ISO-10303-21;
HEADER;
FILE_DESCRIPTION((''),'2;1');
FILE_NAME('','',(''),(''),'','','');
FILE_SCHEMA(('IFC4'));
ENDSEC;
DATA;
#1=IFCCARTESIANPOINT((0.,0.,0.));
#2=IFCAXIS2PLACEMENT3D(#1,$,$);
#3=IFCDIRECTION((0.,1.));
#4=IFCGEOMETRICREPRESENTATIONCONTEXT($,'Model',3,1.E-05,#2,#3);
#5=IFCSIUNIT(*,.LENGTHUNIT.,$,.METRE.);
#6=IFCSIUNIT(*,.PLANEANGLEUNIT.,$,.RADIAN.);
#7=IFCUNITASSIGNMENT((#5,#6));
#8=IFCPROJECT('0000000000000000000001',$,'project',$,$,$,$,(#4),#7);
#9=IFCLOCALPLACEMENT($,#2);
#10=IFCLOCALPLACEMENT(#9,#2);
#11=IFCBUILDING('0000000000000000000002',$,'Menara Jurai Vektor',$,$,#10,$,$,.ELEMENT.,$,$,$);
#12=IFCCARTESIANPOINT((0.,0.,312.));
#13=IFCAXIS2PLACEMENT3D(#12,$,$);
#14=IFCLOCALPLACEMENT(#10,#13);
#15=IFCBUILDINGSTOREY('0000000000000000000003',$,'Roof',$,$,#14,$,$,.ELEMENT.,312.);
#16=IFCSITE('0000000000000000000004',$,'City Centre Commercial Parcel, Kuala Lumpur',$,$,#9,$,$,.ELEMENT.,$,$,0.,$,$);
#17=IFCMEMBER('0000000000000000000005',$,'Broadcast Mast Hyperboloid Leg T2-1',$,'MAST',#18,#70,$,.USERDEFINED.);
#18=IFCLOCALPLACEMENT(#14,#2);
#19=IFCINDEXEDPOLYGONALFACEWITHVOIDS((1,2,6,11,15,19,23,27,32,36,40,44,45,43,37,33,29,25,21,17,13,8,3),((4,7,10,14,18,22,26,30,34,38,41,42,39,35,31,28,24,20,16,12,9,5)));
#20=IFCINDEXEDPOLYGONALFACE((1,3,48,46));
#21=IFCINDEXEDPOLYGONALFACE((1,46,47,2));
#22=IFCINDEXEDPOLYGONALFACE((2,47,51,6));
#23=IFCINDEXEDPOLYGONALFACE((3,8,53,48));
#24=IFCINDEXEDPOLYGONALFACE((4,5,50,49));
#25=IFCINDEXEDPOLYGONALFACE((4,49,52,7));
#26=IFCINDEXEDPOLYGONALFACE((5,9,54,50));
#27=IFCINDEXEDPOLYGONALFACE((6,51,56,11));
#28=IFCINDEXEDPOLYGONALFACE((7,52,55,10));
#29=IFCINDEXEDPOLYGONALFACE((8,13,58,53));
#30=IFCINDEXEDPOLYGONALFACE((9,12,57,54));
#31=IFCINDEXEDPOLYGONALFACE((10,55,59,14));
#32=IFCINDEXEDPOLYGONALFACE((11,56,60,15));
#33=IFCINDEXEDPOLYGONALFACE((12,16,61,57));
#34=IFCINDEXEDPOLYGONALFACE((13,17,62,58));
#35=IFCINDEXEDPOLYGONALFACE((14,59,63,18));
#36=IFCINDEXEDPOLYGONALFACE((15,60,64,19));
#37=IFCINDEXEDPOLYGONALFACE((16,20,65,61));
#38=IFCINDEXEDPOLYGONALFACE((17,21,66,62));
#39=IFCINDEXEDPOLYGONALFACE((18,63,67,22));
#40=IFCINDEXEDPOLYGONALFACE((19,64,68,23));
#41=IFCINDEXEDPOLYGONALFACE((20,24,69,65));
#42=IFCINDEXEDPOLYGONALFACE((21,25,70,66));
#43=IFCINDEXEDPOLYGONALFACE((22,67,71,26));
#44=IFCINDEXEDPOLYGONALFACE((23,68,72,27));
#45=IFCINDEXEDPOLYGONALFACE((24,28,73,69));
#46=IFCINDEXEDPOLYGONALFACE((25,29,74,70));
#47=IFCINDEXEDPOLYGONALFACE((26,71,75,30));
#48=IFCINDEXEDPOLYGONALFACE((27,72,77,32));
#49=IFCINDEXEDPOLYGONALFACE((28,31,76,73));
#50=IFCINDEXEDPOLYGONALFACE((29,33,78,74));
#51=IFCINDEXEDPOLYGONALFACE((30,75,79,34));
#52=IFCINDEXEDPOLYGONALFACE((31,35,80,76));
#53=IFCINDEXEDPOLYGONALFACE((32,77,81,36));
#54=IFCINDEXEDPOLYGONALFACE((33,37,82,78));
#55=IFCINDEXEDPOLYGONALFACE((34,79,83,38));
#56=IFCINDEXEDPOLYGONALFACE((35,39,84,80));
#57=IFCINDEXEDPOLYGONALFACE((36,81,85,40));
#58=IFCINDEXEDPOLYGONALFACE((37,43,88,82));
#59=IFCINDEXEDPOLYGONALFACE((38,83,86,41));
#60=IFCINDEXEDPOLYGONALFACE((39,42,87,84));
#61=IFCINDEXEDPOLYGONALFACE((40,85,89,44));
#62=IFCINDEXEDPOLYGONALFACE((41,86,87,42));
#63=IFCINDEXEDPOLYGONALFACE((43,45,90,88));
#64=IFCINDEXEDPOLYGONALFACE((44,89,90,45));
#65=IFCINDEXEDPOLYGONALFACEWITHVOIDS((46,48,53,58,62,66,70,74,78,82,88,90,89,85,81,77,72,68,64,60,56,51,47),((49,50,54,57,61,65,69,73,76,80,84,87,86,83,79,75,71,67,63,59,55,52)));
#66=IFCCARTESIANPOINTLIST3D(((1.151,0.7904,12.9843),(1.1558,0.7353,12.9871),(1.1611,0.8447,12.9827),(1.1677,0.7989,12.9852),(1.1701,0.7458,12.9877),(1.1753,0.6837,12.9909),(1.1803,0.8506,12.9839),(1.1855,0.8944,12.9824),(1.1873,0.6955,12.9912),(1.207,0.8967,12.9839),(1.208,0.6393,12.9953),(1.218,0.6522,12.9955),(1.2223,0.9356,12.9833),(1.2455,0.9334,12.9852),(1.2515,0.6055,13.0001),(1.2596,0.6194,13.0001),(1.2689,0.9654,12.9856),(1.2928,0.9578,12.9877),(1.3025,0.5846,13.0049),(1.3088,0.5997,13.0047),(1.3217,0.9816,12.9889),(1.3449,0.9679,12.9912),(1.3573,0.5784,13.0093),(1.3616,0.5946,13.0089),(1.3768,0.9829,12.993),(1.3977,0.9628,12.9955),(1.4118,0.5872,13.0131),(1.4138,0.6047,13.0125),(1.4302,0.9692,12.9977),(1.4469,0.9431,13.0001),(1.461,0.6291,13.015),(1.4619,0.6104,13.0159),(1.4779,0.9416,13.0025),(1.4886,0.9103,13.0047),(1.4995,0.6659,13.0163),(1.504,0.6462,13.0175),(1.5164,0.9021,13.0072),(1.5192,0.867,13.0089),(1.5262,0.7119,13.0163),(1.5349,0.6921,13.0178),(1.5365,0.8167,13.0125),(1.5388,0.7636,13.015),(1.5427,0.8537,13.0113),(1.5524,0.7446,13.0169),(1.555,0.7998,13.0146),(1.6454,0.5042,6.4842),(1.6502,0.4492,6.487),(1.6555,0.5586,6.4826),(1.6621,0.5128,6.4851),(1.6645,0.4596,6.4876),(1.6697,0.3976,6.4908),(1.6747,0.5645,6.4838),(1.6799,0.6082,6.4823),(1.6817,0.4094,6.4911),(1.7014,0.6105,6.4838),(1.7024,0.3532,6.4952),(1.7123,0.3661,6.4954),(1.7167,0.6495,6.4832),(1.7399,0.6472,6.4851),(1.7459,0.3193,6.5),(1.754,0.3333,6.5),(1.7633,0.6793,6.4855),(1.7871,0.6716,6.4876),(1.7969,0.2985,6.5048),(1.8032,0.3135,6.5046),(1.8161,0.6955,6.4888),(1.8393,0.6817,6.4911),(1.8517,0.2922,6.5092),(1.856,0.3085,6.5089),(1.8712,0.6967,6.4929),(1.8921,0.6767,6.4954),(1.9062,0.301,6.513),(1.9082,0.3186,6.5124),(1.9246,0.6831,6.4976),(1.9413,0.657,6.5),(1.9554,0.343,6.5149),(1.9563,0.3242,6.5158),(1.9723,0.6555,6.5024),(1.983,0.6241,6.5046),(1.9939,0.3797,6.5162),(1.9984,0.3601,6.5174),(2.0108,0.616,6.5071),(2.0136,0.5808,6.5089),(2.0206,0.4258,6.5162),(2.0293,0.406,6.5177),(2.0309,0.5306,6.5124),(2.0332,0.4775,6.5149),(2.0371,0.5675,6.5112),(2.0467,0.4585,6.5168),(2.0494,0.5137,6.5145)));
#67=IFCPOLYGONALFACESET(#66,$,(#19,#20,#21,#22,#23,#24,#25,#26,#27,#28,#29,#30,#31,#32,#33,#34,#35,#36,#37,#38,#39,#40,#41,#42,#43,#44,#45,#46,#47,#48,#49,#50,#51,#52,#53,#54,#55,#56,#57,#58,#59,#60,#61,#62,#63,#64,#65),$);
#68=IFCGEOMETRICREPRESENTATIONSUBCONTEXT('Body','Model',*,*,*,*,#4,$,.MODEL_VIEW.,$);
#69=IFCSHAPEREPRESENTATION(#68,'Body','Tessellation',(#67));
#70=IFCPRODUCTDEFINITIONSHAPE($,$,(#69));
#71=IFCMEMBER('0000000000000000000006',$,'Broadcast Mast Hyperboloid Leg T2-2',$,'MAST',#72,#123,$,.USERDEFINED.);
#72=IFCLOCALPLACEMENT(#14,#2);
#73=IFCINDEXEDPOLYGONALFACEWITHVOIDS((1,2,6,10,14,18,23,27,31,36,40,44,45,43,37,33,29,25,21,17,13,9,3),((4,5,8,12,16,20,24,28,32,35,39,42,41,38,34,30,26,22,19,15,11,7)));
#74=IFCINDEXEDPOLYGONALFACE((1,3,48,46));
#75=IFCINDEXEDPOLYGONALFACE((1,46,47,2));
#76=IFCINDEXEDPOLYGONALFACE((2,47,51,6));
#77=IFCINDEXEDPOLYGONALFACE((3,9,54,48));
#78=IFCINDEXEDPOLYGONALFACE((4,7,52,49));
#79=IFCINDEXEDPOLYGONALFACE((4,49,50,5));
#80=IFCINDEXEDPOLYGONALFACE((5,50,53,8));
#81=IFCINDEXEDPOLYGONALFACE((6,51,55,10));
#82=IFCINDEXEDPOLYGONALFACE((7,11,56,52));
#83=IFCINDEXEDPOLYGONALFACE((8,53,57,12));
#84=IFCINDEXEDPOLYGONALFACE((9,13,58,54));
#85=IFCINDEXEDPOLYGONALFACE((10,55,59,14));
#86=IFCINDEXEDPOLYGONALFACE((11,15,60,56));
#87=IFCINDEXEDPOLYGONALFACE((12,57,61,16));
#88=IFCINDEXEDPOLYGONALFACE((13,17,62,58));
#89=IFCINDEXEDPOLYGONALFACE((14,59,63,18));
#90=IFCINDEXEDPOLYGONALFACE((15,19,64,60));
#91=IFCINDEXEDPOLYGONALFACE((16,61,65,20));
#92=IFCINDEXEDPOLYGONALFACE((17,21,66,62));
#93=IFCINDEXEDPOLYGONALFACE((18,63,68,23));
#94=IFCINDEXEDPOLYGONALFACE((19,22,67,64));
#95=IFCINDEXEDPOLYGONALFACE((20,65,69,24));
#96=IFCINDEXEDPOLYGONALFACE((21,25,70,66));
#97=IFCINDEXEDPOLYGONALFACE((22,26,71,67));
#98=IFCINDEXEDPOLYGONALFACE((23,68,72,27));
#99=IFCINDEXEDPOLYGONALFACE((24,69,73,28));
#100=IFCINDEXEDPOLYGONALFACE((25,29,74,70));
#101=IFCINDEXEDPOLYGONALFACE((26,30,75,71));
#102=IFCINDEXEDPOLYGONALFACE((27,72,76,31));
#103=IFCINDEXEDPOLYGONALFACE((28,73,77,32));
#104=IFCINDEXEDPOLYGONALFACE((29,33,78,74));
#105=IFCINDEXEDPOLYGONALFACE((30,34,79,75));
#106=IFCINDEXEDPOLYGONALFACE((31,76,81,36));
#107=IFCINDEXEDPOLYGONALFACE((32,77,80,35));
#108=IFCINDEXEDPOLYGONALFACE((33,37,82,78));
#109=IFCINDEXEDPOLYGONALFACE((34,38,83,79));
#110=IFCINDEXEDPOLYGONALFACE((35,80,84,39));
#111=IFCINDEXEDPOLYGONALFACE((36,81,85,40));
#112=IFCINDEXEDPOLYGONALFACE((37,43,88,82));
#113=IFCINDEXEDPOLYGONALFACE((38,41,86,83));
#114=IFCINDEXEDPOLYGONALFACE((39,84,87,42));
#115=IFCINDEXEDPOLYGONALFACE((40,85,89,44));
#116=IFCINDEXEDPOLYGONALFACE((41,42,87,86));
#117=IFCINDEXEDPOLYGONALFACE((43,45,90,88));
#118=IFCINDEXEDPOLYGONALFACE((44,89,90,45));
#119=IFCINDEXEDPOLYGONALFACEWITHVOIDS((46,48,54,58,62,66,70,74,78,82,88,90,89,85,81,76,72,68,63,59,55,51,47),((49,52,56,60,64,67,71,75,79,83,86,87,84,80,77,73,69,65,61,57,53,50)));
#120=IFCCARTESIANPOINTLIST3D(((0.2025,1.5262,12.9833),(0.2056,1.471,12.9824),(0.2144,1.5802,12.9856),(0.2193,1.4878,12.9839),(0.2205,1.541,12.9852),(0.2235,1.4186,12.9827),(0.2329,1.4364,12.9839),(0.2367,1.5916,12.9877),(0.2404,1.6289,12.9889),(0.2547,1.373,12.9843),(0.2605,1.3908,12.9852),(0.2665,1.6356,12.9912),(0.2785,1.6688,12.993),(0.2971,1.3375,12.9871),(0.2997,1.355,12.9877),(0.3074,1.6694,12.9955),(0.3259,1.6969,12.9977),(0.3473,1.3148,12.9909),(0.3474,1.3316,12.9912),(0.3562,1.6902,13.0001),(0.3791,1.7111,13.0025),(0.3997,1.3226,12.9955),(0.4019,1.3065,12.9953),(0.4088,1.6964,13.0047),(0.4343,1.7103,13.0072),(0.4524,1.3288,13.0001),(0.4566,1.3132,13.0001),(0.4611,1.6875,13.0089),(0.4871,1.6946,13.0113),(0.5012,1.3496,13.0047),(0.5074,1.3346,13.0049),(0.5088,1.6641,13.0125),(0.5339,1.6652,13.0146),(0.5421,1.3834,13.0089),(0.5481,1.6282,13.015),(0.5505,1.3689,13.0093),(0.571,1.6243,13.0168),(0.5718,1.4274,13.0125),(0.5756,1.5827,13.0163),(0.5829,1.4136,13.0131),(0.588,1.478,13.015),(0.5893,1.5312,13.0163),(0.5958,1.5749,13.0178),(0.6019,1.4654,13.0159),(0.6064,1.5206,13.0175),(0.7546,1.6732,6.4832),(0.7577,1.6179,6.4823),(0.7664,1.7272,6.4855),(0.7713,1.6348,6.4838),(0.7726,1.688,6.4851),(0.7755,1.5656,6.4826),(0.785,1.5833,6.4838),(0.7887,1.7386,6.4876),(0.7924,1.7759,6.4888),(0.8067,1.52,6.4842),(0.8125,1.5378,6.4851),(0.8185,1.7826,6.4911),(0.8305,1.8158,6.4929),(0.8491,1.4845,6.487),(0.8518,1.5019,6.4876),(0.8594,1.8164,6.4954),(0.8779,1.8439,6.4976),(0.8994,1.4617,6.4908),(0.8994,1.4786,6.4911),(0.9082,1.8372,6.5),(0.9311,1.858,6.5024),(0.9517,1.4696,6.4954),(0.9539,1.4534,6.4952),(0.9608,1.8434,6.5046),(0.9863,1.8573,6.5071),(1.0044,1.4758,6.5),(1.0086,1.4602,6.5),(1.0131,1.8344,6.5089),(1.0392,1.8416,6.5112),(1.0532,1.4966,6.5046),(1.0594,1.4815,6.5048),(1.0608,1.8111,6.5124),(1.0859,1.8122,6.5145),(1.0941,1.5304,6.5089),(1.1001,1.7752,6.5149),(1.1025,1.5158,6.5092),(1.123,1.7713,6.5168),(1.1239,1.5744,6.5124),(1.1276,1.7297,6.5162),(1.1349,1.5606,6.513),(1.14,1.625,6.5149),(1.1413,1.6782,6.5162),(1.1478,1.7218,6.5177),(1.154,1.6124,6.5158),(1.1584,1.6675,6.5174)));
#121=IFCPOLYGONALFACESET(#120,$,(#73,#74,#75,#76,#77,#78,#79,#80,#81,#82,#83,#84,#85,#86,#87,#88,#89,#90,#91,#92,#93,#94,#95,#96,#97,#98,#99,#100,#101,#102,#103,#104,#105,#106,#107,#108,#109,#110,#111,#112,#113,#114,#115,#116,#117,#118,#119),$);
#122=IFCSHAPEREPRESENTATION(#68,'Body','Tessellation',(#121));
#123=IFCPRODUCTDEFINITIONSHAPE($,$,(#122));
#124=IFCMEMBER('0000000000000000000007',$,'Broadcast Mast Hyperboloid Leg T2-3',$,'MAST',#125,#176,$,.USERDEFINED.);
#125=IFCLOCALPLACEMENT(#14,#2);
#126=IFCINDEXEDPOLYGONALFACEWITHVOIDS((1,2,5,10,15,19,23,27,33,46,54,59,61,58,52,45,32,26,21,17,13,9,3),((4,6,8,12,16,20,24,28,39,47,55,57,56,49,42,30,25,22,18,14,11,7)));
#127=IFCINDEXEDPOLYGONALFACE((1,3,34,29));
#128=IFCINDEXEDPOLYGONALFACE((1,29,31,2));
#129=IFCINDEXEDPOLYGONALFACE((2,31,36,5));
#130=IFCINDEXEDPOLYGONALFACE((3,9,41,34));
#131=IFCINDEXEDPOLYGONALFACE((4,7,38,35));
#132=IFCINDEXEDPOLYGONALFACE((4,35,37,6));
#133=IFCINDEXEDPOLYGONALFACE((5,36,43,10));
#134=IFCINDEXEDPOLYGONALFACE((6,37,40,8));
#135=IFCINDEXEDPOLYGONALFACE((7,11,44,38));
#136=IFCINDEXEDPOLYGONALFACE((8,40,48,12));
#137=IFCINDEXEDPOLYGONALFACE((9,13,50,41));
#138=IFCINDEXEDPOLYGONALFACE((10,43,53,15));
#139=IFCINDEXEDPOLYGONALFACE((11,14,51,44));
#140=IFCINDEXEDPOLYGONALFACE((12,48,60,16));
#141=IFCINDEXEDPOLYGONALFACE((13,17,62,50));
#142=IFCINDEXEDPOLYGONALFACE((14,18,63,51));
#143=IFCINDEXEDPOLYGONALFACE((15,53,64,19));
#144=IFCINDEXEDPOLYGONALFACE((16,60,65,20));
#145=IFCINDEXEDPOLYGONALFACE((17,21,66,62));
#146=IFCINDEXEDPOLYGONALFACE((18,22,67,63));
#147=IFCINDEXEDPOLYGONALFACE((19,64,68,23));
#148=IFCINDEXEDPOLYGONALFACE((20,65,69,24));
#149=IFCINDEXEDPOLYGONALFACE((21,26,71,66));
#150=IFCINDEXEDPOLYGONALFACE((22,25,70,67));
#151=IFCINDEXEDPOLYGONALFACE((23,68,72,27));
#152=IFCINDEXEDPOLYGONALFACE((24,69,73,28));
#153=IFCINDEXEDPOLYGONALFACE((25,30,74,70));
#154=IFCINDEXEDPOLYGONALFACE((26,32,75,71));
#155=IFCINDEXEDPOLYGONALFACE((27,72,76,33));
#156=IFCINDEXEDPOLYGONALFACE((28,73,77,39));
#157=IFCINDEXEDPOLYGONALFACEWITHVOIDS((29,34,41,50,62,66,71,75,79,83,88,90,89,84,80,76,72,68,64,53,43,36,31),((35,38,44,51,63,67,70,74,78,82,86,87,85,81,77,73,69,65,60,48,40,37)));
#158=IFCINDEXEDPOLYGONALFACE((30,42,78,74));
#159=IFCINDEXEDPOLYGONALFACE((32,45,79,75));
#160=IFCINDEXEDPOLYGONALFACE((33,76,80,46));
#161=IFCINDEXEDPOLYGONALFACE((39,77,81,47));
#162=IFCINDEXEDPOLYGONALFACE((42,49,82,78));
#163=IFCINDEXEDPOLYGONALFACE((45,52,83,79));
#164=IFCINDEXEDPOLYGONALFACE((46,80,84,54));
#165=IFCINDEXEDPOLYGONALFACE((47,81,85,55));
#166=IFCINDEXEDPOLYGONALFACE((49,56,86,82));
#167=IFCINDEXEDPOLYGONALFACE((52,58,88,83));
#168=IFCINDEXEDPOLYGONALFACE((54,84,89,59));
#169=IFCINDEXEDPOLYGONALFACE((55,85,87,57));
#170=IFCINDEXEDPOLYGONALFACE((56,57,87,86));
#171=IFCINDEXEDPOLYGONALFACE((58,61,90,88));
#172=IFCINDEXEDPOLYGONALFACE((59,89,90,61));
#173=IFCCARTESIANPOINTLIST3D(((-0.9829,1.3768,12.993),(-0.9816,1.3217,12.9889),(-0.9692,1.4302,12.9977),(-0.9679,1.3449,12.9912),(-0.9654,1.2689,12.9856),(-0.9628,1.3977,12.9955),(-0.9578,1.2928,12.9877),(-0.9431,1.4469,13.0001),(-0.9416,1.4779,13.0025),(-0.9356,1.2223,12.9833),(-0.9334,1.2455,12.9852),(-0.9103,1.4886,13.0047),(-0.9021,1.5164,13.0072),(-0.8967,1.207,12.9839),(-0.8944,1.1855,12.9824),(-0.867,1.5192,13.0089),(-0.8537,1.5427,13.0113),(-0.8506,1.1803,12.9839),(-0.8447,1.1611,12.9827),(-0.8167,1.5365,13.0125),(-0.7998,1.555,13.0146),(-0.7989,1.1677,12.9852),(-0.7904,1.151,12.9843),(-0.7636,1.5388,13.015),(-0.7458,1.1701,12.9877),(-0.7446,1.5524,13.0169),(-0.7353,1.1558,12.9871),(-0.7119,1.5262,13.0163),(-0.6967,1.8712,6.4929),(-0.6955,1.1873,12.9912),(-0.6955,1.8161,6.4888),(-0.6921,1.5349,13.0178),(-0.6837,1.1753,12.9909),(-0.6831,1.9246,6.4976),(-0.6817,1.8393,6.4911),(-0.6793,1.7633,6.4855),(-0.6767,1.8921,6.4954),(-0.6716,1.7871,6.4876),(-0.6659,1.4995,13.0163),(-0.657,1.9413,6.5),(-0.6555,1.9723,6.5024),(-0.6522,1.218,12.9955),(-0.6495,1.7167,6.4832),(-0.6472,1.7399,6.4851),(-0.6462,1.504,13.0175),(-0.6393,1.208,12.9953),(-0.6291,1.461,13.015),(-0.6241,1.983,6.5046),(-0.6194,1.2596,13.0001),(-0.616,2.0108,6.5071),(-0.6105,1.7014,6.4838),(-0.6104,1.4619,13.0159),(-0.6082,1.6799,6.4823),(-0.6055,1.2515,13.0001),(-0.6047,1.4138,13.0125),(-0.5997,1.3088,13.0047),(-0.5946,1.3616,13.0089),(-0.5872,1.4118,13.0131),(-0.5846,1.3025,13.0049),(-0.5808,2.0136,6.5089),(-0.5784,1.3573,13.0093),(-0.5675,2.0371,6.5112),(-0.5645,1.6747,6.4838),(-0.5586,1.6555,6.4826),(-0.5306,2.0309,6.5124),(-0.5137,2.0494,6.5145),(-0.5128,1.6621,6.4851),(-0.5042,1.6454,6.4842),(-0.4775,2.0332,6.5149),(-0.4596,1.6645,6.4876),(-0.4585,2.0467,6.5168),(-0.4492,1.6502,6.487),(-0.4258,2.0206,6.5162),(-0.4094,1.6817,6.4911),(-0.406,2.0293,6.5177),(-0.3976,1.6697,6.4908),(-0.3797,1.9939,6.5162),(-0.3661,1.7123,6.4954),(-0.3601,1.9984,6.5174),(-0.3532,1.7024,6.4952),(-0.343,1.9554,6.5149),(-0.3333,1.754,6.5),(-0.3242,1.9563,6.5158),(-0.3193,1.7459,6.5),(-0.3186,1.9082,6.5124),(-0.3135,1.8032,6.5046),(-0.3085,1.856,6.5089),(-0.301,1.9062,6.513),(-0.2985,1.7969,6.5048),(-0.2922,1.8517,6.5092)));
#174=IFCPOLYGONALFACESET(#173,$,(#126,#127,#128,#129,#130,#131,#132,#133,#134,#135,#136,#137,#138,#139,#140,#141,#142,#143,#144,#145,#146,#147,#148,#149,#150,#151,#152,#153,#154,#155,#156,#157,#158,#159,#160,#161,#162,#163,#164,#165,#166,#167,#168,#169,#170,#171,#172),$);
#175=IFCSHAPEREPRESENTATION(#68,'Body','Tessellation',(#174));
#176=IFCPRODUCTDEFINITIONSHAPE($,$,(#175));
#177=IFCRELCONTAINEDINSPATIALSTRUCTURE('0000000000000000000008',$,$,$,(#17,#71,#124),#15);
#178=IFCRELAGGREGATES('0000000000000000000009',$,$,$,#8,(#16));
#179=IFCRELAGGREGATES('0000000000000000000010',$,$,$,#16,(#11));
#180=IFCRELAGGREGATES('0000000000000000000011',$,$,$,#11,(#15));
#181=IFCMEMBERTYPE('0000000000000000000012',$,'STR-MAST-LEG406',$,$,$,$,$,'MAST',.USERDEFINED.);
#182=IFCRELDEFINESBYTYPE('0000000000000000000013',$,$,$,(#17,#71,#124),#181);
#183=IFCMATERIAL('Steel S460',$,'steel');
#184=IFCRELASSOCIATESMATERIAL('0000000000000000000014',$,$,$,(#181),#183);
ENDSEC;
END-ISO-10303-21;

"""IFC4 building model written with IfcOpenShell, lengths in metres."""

from ifc_helpers import new_model, si_unit, direction, frame, origin, origin_2d, place, context, subcontext, project, spatial, hollow_circle, extrude, material, material_profile, profile_set, type_object, element, save


model = new_model("IFC4")

# Units and contexts
model_context = context("Model", 3, precision=1e-05, world=origin(), true_north=direction((0.0, 1.0)))
body_context = subcontext(model_context, "Body", "Model", "MODEL_VIEW")
ifc_project = project(units=[si_unit("LENGTHUNIT", "METRE"), si_unit("PLANEANGLEUNIT", "RADIAN")], contexts=[model_context])

# Site, building, storey
site_placement = place(None, origin())
site = spatial("IfcSite", under=ifc_project, at=site_placement, Name="City Centre Commercial Parcel, Kuala Lumpur", CompositionType="ELEMENT", RefElevation=0.0)
building_placement = place(site_placement, origin())
building = spatial("IfcBuilding", under=site, at=building_placement, Name="Menara Jurai Vektor", CompositionType="ELEMENT")
storey_placement = place(building_placement, frame((0.0, 0.0, 312.0)))
storey = spatial("IfcBuildingStorey", under=building, at=storey_placement, Name="Roof", CompositionType="ELEMENT", Elevation=312.0)

# Members
ifc_material = material(Name="Steel S460", Category="steel")
ifc_material_profile_1 = material_profile(ifc_material, hollow_circle(Radius=0.2031, WallThickness=0.0161, at=origin_2d()), Name="CHS 406.4x16")
ifc_profile_set_1 = profile_set([ifc_material_profile_1], Name="Steel S460")
member_type_1 = type_object("IfcMemberType", Name="STR-MAST-LEG406", ElementType="MAST", PredefinedType="USERDEFINED", material=ifc_profile_set_1)
for number, where, z_axis, x_axis, name in (
    (1, (1.8477, 0.4951, 6.5), (-0.075767, 0.043851, 0.996161), (-0.500918, -0.865495, 0.0), "Broadcast Mast Hyperboloid Leg T2-1"),
    (2, (0.9563, 1.6565, 6.5), (-0.084597, -0.022524, 0.996161), (0.25729, -0.966334, 0.0), "Broadcast Mast Hyperboloid Leg T2-2"),
    (3, (-0.4951, 1.8477, 6.5), (-0.043851, -0.075767, 0.996161), (0.865495, -0.500918, 0.0), "Broadcast Mast Hyperboloid Leg T2-3"),
):
    element("IfcMember", number, at=place(storey_placement, frame(where, z_axis=z_axis, x_axis=x_axis)), inside=storey, type_object=member_type_1, Name=name, ObjectType="MAST", PredefinedType="USERDEFINED", context=body_context, shape_type="SweptSolid", body=[
        extrude(hollow_circle(Radius=0.2031, WallThickness=0.0161, at=origin_2d()), origin(), (0.0, 0.0, 1.0), 6.5251),
    ])

save(model, "model.ifc")
